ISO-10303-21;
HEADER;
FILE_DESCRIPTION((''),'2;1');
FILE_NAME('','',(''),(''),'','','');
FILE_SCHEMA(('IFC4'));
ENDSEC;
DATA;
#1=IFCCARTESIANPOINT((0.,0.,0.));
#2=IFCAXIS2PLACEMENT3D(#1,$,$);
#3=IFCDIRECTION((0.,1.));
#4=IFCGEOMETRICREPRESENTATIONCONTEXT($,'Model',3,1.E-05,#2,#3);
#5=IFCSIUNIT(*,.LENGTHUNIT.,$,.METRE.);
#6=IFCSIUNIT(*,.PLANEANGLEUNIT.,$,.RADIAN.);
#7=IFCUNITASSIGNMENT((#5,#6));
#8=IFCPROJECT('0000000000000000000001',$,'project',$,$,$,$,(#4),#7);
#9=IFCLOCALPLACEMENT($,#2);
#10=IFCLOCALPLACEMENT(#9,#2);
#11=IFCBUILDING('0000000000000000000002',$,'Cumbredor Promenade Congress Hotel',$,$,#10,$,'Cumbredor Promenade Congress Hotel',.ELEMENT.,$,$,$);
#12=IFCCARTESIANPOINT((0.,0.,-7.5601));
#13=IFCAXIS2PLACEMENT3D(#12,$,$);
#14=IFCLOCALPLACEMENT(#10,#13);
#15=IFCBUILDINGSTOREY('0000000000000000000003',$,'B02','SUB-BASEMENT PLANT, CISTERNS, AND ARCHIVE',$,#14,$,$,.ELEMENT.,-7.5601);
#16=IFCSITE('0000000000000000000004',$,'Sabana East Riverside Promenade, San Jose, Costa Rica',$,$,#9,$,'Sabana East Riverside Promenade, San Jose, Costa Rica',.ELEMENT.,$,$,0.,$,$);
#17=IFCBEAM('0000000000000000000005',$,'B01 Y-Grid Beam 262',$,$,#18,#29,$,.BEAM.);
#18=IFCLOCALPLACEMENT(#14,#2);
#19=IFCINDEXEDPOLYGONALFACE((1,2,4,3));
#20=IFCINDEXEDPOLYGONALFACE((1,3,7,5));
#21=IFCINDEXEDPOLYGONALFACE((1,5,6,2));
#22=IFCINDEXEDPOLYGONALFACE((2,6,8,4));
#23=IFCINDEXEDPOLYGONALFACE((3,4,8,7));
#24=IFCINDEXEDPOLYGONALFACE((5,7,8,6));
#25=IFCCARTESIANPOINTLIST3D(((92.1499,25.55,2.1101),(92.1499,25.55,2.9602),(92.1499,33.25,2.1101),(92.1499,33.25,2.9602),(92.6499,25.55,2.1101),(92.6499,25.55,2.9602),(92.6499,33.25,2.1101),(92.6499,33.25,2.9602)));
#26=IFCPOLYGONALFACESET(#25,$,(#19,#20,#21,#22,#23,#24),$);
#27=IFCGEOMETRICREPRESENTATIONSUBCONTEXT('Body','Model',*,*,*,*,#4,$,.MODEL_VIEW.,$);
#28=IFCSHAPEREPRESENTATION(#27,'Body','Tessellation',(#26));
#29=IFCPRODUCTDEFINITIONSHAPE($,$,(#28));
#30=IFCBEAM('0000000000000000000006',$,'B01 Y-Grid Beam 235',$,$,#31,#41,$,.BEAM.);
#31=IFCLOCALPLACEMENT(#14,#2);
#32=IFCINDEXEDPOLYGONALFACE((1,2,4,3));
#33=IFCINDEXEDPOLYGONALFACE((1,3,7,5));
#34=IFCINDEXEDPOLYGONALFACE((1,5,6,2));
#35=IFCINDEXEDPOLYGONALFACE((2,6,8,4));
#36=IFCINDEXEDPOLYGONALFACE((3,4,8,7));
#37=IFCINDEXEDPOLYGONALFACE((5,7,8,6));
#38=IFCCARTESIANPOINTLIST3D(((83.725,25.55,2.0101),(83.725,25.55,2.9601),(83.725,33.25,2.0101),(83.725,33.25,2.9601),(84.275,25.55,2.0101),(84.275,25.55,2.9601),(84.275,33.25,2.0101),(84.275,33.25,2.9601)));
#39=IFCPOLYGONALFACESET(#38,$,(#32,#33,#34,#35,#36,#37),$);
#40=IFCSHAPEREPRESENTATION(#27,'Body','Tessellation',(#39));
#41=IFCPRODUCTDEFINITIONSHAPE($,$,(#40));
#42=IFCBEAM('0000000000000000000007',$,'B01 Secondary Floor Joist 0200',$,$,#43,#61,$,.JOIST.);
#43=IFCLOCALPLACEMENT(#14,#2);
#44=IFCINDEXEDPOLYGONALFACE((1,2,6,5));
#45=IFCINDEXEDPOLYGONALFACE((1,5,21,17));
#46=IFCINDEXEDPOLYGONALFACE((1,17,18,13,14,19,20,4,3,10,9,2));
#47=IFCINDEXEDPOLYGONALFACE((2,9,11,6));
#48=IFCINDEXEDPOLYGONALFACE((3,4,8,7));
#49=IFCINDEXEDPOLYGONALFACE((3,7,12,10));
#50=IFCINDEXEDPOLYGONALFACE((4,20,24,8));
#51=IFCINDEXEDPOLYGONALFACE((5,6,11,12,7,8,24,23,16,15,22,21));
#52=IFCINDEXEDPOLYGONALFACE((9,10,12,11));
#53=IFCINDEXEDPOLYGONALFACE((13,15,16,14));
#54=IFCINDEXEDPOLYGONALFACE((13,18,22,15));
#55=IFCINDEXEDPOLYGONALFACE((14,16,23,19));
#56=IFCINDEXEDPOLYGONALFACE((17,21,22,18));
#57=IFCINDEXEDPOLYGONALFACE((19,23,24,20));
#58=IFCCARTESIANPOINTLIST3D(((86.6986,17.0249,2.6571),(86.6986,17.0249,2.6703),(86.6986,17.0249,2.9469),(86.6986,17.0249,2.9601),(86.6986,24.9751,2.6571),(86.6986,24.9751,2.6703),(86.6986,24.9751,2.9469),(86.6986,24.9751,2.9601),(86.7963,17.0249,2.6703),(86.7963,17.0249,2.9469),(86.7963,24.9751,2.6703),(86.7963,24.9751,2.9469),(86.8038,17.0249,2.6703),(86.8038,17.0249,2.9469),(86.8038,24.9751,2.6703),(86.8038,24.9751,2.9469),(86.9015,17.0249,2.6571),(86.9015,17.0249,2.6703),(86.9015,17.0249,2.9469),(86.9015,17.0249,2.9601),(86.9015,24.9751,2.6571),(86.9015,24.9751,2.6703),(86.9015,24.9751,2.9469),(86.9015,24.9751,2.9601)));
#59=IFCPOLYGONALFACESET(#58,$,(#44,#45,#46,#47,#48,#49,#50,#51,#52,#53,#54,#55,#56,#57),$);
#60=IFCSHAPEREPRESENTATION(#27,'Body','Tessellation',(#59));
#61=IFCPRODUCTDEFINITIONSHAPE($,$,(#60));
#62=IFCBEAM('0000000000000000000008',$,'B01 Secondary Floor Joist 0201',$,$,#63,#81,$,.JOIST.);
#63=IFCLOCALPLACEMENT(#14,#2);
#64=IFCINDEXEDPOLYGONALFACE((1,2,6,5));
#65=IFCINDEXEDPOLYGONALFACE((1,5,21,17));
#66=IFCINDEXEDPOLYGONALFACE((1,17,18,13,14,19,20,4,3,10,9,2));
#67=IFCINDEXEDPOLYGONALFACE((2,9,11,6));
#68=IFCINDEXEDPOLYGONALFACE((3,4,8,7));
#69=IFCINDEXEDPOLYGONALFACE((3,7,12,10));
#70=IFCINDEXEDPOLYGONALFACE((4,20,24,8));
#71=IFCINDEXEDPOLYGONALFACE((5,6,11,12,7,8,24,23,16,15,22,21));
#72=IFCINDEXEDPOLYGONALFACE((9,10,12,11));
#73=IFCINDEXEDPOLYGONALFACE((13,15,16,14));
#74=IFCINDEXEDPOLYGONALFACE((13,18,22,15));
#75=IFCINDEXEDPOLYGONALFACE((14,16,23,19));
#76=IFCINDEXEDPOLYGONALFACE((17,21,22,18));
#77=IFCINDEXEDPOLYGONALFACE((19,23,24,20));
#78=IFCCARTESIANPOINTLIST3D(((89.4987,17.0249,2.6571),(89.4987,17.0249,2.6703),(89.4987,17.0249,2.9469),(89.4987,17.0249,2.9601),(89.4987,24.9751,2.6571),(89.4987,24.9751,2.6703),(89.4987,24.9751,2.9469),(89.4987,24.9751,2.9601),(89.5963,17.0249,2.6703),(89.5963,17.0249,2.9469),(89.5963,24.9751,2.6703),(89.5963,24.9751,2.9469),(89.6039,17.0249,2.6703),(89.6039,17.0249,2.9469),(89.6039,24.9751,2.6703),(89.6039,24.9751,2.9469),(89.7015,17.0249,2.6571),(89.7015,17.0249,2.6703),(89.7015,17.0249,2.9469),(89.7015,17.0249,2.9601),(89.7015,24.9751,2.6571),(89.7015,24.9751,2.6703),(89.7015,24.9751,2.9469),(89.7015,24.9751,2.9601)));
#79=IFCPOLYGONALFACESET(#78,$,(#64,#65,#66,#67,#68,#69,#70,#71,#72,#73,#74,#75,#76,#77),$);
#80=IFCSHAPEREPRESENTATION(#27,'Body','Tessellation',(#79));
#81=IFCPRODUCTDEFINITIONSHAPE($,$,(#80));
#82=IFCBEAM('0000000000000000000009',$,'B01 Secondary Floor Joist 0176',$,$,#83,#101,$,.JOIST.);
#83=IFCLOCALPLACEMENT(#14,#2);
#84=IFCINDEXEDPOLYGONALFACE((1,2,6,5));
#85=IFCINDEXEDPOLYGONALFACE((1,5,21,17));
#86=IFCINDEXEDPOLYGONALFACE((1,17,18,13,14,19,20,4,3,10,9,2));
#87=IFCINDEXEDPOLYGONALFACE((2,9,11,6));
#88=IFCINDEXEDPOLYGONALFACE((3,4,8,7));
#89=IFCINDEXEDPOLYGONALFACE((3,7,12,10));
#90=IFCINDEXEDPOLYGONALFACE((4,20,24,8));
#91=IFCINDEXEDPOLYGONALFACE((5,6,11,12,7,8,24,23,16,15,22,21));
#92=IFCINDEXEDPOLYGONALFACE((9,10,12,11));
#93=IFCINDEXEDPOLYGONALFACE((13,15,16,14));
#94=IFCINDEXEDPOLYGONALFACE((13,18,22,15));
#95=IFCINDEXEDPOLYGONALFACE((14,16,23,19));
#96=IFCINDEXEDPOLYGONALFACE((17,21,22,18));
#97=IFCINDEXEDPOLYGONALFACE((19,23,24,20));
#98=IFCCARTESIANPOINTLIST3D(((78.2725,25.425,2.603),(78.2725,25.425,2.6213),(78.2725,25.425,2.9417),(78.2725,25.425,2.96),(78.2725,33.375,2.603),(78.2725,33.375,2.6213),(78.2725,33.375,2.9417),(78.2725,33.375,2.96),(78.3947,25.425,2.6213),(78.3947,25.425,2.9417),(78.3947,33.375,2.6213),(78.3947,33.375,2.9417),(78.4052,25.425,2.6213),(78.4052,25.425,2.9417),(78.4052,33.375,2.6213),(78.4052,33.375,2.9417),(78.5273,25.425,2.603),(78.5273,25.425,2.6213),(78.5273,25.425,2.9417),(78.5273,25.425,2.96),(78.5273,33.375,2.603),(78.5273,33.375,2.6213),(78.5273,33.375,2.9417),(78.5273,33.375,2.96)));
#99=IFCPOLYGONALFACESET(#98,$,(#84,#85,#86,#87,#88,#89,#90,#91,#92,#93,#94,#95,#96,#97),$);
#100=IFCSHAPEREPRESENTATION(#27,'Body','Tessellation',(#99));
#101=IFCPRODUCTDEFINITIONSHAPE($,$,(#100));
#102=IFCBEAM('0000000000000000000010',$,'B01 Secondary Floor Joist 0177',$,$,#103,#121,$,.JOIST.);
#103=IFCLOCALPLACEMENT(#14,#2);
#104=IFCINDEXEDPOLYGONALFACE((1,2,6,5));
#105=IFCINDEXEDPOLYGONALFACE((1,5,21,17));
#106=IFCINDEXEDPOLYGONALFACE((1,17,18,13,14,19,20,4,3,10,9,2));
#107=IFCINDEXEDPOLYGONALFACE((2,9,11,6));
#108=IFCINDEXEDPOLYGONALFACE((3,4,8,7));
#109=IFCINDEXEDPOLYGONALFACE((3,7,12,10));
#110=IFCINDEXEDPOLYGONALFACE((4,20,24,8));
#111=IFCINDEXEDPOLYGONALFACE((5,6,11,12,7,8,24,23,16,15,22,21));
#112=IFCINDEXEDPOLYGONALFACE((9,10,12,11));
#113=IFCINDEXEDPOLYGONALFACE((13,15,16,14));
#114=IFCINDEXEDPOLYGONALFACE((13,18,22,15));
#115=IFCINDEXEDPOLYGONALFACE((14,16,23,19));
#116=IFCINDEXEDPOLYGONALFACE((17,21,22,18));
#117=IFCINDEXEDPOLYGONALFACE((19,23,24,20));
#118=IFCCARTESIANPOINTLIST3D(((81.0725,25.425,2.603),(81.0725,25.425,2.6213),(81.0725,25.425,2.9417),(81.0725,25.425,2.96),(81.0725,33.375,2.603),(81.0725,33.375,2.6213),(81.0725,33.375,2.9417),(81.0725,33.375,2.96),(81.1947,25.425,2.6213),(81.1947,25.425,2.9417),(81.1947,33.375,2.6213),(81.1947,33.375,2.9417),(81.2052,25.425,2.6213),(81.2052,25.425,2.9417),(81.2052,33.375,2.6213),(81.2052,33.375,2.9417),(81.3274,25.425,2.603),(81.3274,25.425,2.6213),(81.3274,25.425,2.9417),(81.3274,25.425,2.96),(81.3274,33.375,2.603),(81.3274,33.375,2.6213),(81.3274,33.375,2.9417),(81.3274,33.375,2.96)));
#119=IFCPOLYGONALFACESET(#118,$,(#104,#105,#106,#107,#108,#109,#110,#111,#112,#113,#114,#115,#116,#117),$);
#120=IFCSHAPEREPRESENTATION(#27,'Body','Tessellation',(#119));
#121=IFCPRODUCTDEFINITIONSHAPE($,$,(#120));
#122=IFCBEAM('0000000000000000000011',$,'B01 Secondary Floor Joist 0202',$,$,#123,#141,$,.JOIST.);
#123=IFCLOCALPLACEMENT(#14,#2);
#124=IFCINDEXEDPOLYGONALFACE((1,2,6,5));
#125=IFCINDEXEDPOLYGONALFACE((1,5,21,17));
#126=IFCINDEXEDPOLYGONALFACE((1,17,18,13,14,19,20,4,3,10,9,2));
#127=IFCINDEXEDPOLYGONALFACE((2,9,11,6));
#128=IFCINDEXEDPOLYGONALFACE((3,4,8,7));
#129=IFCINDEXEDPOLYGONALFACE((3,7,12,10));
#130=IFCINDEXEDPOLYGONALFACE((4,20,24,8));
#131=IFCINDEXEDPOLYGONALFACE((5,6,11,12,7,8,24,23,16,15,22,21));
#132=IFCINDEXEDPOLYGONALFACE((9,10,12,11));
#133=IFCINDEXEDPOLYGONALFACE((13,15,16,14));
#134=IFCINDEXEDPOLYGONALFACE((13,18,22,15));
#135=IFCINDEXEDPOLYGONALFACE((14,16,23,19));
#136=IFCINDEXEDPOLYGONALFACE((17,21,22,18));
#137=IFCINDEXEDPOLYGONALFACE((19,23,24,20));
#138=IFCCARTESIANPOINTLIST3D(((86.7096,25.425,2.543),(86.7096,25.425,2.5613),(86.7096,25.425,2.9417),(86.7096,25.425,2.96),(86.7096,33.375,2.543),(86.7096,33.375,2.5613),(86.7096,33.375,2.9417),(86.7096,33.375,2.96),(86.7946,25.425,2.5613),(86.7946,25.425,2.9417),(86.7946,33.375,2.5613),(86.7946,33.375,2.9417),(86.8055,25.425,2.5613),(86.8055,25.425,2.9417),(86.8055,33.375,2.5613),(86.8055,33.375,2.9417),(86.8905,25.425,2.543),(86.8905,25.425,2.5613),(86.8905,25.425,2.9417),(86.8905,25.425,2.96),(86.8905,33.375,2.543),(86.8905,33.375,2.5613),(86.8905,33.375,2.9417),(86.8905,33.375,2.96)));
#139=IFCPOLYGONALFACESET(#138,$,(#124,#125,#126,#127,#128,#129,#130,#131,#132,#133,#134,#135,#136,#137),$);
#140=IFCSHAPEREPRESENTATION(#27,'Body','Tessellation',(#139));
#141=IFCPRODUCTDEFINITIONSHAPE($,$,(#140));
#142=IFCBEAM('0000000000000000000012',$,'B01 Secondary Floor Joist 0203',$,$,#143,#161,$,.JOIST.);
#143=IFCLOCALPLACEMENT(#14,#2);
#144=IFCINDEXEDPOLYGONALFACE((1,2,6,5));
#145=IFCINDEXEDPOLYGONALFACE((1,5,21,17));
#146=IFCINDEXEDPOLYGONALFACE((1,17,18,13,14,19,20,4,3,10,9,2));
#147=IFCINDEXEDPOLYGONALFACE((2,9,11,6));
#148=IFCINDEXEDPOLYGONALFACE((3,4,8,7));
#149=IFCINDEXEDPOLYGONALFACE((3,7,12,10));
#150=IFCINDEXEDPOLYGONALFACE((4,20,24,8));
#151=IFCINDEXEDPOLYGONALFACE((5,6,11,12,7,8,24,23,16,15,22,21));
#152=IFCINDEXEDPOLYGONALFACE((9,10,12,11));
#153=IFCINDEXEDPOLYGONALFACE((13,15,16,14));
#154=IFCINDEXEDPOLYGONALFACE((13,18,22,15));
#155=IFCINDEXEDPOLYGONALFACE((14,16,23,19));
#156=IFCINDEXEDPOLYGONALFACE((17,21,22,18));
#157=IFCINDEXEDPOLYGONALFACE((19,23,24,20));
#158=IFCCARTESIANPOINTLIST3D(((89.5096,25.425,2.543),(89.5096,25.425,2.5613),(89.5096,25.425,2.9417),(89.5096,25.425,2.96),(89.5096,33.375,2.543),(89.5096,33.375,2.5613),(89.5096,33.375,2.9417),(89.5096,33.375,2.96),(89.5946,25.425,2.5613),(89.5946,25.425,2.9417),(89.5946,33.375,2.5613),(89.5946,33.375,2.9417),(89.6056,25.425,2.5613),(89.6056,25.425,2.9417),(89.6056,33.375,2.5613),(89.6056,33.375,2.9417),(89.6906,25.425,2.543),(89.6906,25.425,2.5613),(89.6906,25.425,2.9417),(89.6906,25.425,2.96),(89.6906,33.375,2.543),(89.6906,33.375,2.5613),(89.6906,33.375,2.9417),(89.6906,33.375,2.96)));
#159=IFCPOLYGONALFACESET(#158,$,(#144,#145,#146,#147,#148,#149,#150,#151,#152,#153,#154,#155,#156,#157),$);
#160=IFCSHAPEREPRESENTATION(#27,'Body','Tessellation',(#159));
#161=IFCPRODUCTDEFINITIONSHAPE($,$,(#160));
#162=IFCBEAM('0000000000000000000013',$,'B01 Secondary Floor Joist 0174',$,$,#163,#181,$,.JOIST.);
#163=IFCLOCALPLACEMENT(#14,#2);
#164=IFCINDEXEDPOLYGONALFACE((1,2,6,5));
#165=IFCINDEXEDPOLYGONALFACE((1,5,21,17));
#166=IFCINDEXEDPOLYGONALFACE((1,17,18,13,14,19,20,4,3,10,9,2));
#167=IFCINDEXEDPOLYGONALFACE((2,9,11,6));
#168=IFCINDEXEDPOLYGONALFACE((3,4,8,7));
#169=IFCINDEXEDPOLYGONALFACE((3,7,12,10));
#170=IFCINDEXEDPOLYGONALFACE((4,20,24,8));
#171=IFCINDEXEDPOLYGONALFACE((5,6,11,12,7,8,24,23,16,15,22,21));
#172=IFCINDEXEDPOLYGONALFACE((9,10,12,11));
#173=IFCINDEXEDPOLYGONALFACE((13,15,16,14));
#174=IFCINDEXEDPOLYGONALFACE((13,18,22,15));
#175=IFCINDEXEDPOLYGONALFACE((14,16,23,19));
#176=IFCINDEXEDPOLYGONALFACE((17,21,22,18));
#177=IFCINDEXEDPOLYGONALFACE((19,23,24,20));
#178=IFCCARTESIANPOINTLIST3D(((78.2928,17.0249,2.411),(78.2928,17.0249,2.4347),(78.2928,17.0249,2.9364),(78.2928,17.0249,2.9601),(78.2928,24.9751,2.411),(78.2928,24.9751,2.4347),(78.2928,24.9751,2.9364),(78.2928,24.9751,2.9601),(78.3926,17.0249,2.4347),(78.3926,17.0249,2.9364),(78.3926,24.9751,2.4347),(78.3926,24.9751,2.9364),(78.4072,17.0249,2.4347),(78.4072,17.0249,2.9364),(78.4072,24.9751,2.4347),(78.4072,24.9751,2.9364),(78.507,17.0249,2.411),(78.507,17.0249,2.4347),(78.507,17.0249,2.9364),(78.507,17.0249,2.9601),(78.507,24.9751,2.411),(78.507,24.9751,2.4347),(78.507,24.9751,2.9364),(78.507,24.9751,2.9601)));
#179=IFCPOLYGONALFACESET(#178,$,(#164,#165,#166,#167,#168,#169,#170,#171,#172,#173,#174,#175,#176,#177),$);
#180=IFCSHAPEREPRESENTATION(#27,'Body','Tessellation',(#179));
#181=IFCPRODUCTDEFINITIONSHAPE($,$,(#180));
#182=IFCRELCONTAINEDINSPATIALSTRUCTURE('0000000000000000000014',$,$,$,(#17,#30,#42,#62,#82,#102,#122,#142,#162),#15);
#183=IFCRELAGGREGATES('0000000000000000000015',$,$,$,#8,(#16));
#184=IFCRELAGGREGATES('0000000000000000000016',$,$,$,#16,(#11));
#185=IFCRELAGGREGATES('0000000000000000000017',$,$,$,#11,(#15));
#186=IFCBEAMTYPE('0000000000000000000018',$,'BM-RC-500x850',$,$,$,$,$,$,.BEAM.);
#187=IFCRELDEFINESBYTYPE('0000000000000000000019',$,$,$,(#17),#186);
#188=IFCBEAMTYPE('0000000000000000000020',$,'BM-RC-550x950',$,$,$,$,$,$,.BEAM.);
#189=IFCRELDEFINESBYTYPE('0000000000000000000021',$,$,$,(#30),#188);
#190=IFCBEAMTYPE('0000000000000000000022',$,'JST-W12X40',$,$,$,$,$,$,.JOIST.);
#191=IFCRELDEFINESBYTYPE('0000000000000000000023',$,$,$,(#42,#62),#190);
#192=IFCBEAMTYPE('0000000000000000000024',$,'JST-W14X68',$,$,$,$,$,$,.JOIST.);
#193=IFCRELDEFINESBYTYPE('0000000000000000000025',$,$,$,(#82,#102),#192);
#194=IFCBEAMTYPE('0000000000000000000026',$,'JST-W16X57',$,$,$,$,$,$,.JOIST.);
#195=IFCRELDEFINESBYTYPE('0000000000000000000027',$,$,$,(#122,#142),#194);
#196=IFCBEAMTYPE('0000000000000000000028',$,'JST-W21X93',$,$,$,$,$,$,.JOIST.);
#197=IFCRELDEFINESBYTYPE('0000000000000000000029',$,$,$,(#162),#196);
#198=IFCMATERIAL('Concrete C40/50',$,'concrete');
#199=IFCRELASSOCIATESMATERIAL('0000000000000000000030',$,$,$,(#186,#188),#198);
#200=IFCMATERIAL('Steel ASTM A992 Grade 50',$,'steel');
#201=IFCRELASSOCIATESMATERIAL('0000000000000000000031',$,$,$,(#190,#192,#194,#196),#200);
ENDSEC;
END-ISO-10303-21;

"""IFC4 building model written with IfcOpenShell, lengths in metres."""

from ifc_helpers import new_model, si_unit, direction, frame, origin, origin_2d, place, context, subcontext, project, spatial, rectangle, i_section, extrude, material, material_profile, profile_set, type_object, element, save


model = new_model("IFC4")

# Units and contexts
model_context = context("Model", 3, precision=1e-05, world=origin(), true_north=direction((0.0, 1.0)))
body_context = subcontext(model_context, "Body", "Model", "MODEL_VIEW")
ifc_project = project(units=[si_unit("LENGTHUNIT", "METRE"), si_unit("PLANEANGLEUNIT", "RADIAN")], contexts=[model_context])

# Site, building, storey
site_placement = place(None, origin())
site = spatial("IfcSite", under=ifc_project, at=site_placement, Name="Sabana East Riverside Promenade, San Jose, Costa Rica", LongName="Sabana East Riverside Promenade, San Jose, Costa Rica", CompositionType="ELEMENT", RefElevation=0.0)
building_placement = place(site_placement, origin())
building = spatial("IfcBuilding", under=site, at=building_placement, Name="Cumbredor Promenade Congress Hotel", LongName="Cumbredor Promenade Congress Hotel", CompositionType="ELEMENT")
storey_placement = place(building_placement, frame((0.0, 0.0, -7.5601)))
storey = spatial("IfcBuildingStorey", under=building, at=storey_placement, Name="B02", Description="SUB-BASEMENT PLANT, CISTERNS, AND ARCHIVE", CompositionType="ELEMENT", Elevation=-7.5601)

# Shared definitions
ifc_material_1 = material(Name="Concrete C40/50", Category="concrete")

# Beams
ifc_material_profile_1 = material_profile(ifc_material_1, rectangle(XDim=0.5, YDim=0.8501, at=origin_2d()), Name="RC BEAM 500x850")
ifc_profile_set_1 = profile_set([ifc_material_profile_1], Name="Concrete C40/50")
beam_type_1 = type_object("IfcBeamType", Name="BM-RC-500x850", PredefinedType="BEAM", material=ifc_profile_set_1)
beam_1_placement = place(storey_placement, frame((92.3999, 25.55, 2.5352), z_axis=(0.0, 1.0, 0.0), x_axis=(-1.0, 0.0, 0.0)))
element("IfcBeam", 1, at=beam_1_placement, inside=storey, type_object=beam_type_1, Name="B01 Y-Grid Beam 262", PredefinedType="BEAM", context=body_context, shape_type="SweptSolid", body=[
    extrude(rectangle(XDim=0.5, YDim=0.8501, at=origin_2d()), origin(), (0.0, 0.0, 1.0), 7.7),
])
ifc_material_profile_2 = material_profile(ifc_material_1, rectangle(XDim=0.55, YDim=0.95, at=origin_2d()), Name="RC BEAM 550x950")
ifc_profile_set_2 = profile_set([ifc_material_profile_2], Name="Concrete C40/50")
beam_type_2 = type_object("IfcBeamType", Name="BM-RC-550x950", PredefinedType="BEAM", material=ifc_profile_set_2)
beam_2_placement = place(storey_placement, frame((84.0, 25.55, 2.4851), z_axis=(0.0, 1.0, 0.0), x_axis=(-1.0, 0.0, 0.0)))
element("IfcBeam", 2, at=beam_2_placement, inside=storey, type_object=beam_type_2, Name="B01 Y-Grid Beam 235", PredefinedType="BEAM", context=body_context, shape_type="SweptSolid", body=[
    extrude(rectangle(XDim=0.55, YDim=0.95, at=origin_2d()), origin(), (0.0, 0.0, 1.0), 7.7),
])
ifc_material_2 = material(Name="Steel ASTM A992 Grade 50", Category="steel")
ifc_material_profile_3 = material_profile(ifc_material_2, i_section(OverallWidth=0.2029, OverallDepth=0.303, WebThickness=0.0076, FlangeThickness=0.0132, at=origin_2d()), Name="W12X40")
ifc_profile_set_3 = profile_set([ifc_material_profile_3], Name="Steel ASTM A992 Grade 50")
beam_type_3 = type_object("IfcBeamType", Name="JST-W12X40", PredefinedType="JOIST", material=ifc_profile_set_3)
for number, where, z_axis, x_axis, name in (
    (3, (86.8, 17.0249, 2.8086), (0.0, 1.0, 0.0), (-1.0, 0.0, 0.0), "B01 Secondary Floor Joist 0200"),
    (4, (89.6001, 17.0249, 2.8086), (0.0, 1.0, 0.0), (-1.0, 0.0, 0.0), "B01 Secondary Floor Joist 0201"),
):
    element("IfcBeam", number, at=place(storey_placement, frame(where, z_axis=z_axis, x_axis=x_axis)), inside=storey, type_object=beam_type_3, Name=name, PredefinedType="JOIST", context=body_context, shape_type="SweptSolid", body=[
        extrude(i_section(OverallWidth=0.2029, OverallDepth=0.303, WebThickness=0.0076, FlangeThickness=0.0132, at=origin_2d()), origin(), (0.0, 0.0, 1.0), 7.9502),
    ])
ifc_material_profile_4 = material_profile(ifc_material_2, i_section(OverallWidth=0.2549, OverallDepth=0.3569, WebThickness=0.0105, FlangeThickness=0.0183, at=origin_2d()), Name="W14X68")
ifc_profile_set_4 = profile_set([ifc_material_profile_4], Name="Steel ASTM A992 Grade 50")
beam_type_4 = type_object("IfcBeamType", Name="JST-W14X68", PredefinedType="JOIST", material=ifc_profile_set_4)
for number, where, z_axis, x_axis, name in (
    (5, (78.3999, 25.425, 2.7815), (0.0, 1.0, 0.0), (-1.0, 0.0, 0.0), "B01 Secondary Floor Joist 0176"),
    (6, (81.2, 25.425, 2.7815), (0.0, 1.0, 0.0), (-1.0, 0.0, 0.0), "B01 Secondary Floor Joist 0177"),
):
    element("IfcBeam", number, at=place(storey_placement, frame(where, z_axis=z_axis, x_axis=x_axis)), inside=storey, type_object=beam_type_4, Name=name, PredefinedType="JOIST", context=body_context, shape_type="SweptSolid", body=[
        extrude(i_section(OverallWidth=0.2549, OverallDepth=0.3569, WebThickness=0.0105, FlangeThickness=0.0183, at=origin_2d()), origin(), (0.0, 0.0, 1.0), 7.95),
    ])
ifc_material_profile_5 = material_profile(ifc_material_2, i_section(OverallWidth=0.1809, OverallDepth=0.417, WebThickness=0.011, FlangeThickness=0.0183, at=origin_2d()), Name="W16X57")
ifc_profile_set_5 = profile_set([ifc_material_profile_5], Name="Steel ASTM A992 Grade 50")
beam_type_5 = type_object("IfcBeamType", Name="JST-W16X57", PredefinedType="JOIST", material=ifc_profile_set_5)
for number, where, z_axis, x_axis, name in (
    (7, (86.8, 25.425, 2.7515), (0.0, 1.0, 0.0), (-1.0, 0.0, 0.0), "B01 Secondary Floor Joist 0202"),
    (8, (89.6001, 25.425, 2.7515), (0.0, 1.0, 0.0), (-1.0, 0.0, 0.0), "B01 Secondary Floor Joist 0203"),
):
    element("IfcBeam", number, at=place(storey_placement, frame(where, z_axis=z_axis, x_axis=x_axis)), inside=storey, type_object=beam_type_5, Name=name, PredefinedType="JOIST", context=body_context, shape_type="SweptSolid", body=[
        extrude(i_section(OverallWidth=0.1809, OverallDepth=0.417, WebThickness=0.011, FlangeThickness=0.0183, at=origin_2d()), origin(), (0.0, 0.0, 1.0), 7.95),
    ])
ifc_material_profile_6 = material_profile(ifc_material_2, i_section(OverallWidth=0.2141, OverallDepth=0.5491, WebThickness=0.0146, FlangeThickness=0.0237, at=origin_2d()), Name="W21X93")
ifc_profile_set_6 = profile_set([ifc_material_profile_6], Name="Steel ASTM A992 Grade 50")
beam_type_6 = type_object("IfcBeamType", Name="JST-W21X93", PredefinedType="JOIST", material=ifc_profile_set_6)
for number, where, z_axis, x_axis, name in (
    (9, (78.3999, 17.0249, 2.6855), (0.0, 1.0, 0.0), (-1.0, 0.0, 0.0), "B01 Secondary Floor Joist 0174"),
):
    element("IfcBeam", number, at=place(storey_placement, frame(where, z_axis=z_axis, x_axis=x_axis)), inside=storey, type_object=beam_type_6, Name=name, PredefinedType="JOIST", context=body_context, shape_type="SweptSolid", body=[
        extrude(i_section(OverallWidth=0.2141, OverallDepth=0.5491, WebThickness=0.0146, FlangeThickness=0.0237, at=origin_2d()), origin(), (0.0, 0.0, 1.0), 7.9502),
    ])

save(model, "model.ifc")
